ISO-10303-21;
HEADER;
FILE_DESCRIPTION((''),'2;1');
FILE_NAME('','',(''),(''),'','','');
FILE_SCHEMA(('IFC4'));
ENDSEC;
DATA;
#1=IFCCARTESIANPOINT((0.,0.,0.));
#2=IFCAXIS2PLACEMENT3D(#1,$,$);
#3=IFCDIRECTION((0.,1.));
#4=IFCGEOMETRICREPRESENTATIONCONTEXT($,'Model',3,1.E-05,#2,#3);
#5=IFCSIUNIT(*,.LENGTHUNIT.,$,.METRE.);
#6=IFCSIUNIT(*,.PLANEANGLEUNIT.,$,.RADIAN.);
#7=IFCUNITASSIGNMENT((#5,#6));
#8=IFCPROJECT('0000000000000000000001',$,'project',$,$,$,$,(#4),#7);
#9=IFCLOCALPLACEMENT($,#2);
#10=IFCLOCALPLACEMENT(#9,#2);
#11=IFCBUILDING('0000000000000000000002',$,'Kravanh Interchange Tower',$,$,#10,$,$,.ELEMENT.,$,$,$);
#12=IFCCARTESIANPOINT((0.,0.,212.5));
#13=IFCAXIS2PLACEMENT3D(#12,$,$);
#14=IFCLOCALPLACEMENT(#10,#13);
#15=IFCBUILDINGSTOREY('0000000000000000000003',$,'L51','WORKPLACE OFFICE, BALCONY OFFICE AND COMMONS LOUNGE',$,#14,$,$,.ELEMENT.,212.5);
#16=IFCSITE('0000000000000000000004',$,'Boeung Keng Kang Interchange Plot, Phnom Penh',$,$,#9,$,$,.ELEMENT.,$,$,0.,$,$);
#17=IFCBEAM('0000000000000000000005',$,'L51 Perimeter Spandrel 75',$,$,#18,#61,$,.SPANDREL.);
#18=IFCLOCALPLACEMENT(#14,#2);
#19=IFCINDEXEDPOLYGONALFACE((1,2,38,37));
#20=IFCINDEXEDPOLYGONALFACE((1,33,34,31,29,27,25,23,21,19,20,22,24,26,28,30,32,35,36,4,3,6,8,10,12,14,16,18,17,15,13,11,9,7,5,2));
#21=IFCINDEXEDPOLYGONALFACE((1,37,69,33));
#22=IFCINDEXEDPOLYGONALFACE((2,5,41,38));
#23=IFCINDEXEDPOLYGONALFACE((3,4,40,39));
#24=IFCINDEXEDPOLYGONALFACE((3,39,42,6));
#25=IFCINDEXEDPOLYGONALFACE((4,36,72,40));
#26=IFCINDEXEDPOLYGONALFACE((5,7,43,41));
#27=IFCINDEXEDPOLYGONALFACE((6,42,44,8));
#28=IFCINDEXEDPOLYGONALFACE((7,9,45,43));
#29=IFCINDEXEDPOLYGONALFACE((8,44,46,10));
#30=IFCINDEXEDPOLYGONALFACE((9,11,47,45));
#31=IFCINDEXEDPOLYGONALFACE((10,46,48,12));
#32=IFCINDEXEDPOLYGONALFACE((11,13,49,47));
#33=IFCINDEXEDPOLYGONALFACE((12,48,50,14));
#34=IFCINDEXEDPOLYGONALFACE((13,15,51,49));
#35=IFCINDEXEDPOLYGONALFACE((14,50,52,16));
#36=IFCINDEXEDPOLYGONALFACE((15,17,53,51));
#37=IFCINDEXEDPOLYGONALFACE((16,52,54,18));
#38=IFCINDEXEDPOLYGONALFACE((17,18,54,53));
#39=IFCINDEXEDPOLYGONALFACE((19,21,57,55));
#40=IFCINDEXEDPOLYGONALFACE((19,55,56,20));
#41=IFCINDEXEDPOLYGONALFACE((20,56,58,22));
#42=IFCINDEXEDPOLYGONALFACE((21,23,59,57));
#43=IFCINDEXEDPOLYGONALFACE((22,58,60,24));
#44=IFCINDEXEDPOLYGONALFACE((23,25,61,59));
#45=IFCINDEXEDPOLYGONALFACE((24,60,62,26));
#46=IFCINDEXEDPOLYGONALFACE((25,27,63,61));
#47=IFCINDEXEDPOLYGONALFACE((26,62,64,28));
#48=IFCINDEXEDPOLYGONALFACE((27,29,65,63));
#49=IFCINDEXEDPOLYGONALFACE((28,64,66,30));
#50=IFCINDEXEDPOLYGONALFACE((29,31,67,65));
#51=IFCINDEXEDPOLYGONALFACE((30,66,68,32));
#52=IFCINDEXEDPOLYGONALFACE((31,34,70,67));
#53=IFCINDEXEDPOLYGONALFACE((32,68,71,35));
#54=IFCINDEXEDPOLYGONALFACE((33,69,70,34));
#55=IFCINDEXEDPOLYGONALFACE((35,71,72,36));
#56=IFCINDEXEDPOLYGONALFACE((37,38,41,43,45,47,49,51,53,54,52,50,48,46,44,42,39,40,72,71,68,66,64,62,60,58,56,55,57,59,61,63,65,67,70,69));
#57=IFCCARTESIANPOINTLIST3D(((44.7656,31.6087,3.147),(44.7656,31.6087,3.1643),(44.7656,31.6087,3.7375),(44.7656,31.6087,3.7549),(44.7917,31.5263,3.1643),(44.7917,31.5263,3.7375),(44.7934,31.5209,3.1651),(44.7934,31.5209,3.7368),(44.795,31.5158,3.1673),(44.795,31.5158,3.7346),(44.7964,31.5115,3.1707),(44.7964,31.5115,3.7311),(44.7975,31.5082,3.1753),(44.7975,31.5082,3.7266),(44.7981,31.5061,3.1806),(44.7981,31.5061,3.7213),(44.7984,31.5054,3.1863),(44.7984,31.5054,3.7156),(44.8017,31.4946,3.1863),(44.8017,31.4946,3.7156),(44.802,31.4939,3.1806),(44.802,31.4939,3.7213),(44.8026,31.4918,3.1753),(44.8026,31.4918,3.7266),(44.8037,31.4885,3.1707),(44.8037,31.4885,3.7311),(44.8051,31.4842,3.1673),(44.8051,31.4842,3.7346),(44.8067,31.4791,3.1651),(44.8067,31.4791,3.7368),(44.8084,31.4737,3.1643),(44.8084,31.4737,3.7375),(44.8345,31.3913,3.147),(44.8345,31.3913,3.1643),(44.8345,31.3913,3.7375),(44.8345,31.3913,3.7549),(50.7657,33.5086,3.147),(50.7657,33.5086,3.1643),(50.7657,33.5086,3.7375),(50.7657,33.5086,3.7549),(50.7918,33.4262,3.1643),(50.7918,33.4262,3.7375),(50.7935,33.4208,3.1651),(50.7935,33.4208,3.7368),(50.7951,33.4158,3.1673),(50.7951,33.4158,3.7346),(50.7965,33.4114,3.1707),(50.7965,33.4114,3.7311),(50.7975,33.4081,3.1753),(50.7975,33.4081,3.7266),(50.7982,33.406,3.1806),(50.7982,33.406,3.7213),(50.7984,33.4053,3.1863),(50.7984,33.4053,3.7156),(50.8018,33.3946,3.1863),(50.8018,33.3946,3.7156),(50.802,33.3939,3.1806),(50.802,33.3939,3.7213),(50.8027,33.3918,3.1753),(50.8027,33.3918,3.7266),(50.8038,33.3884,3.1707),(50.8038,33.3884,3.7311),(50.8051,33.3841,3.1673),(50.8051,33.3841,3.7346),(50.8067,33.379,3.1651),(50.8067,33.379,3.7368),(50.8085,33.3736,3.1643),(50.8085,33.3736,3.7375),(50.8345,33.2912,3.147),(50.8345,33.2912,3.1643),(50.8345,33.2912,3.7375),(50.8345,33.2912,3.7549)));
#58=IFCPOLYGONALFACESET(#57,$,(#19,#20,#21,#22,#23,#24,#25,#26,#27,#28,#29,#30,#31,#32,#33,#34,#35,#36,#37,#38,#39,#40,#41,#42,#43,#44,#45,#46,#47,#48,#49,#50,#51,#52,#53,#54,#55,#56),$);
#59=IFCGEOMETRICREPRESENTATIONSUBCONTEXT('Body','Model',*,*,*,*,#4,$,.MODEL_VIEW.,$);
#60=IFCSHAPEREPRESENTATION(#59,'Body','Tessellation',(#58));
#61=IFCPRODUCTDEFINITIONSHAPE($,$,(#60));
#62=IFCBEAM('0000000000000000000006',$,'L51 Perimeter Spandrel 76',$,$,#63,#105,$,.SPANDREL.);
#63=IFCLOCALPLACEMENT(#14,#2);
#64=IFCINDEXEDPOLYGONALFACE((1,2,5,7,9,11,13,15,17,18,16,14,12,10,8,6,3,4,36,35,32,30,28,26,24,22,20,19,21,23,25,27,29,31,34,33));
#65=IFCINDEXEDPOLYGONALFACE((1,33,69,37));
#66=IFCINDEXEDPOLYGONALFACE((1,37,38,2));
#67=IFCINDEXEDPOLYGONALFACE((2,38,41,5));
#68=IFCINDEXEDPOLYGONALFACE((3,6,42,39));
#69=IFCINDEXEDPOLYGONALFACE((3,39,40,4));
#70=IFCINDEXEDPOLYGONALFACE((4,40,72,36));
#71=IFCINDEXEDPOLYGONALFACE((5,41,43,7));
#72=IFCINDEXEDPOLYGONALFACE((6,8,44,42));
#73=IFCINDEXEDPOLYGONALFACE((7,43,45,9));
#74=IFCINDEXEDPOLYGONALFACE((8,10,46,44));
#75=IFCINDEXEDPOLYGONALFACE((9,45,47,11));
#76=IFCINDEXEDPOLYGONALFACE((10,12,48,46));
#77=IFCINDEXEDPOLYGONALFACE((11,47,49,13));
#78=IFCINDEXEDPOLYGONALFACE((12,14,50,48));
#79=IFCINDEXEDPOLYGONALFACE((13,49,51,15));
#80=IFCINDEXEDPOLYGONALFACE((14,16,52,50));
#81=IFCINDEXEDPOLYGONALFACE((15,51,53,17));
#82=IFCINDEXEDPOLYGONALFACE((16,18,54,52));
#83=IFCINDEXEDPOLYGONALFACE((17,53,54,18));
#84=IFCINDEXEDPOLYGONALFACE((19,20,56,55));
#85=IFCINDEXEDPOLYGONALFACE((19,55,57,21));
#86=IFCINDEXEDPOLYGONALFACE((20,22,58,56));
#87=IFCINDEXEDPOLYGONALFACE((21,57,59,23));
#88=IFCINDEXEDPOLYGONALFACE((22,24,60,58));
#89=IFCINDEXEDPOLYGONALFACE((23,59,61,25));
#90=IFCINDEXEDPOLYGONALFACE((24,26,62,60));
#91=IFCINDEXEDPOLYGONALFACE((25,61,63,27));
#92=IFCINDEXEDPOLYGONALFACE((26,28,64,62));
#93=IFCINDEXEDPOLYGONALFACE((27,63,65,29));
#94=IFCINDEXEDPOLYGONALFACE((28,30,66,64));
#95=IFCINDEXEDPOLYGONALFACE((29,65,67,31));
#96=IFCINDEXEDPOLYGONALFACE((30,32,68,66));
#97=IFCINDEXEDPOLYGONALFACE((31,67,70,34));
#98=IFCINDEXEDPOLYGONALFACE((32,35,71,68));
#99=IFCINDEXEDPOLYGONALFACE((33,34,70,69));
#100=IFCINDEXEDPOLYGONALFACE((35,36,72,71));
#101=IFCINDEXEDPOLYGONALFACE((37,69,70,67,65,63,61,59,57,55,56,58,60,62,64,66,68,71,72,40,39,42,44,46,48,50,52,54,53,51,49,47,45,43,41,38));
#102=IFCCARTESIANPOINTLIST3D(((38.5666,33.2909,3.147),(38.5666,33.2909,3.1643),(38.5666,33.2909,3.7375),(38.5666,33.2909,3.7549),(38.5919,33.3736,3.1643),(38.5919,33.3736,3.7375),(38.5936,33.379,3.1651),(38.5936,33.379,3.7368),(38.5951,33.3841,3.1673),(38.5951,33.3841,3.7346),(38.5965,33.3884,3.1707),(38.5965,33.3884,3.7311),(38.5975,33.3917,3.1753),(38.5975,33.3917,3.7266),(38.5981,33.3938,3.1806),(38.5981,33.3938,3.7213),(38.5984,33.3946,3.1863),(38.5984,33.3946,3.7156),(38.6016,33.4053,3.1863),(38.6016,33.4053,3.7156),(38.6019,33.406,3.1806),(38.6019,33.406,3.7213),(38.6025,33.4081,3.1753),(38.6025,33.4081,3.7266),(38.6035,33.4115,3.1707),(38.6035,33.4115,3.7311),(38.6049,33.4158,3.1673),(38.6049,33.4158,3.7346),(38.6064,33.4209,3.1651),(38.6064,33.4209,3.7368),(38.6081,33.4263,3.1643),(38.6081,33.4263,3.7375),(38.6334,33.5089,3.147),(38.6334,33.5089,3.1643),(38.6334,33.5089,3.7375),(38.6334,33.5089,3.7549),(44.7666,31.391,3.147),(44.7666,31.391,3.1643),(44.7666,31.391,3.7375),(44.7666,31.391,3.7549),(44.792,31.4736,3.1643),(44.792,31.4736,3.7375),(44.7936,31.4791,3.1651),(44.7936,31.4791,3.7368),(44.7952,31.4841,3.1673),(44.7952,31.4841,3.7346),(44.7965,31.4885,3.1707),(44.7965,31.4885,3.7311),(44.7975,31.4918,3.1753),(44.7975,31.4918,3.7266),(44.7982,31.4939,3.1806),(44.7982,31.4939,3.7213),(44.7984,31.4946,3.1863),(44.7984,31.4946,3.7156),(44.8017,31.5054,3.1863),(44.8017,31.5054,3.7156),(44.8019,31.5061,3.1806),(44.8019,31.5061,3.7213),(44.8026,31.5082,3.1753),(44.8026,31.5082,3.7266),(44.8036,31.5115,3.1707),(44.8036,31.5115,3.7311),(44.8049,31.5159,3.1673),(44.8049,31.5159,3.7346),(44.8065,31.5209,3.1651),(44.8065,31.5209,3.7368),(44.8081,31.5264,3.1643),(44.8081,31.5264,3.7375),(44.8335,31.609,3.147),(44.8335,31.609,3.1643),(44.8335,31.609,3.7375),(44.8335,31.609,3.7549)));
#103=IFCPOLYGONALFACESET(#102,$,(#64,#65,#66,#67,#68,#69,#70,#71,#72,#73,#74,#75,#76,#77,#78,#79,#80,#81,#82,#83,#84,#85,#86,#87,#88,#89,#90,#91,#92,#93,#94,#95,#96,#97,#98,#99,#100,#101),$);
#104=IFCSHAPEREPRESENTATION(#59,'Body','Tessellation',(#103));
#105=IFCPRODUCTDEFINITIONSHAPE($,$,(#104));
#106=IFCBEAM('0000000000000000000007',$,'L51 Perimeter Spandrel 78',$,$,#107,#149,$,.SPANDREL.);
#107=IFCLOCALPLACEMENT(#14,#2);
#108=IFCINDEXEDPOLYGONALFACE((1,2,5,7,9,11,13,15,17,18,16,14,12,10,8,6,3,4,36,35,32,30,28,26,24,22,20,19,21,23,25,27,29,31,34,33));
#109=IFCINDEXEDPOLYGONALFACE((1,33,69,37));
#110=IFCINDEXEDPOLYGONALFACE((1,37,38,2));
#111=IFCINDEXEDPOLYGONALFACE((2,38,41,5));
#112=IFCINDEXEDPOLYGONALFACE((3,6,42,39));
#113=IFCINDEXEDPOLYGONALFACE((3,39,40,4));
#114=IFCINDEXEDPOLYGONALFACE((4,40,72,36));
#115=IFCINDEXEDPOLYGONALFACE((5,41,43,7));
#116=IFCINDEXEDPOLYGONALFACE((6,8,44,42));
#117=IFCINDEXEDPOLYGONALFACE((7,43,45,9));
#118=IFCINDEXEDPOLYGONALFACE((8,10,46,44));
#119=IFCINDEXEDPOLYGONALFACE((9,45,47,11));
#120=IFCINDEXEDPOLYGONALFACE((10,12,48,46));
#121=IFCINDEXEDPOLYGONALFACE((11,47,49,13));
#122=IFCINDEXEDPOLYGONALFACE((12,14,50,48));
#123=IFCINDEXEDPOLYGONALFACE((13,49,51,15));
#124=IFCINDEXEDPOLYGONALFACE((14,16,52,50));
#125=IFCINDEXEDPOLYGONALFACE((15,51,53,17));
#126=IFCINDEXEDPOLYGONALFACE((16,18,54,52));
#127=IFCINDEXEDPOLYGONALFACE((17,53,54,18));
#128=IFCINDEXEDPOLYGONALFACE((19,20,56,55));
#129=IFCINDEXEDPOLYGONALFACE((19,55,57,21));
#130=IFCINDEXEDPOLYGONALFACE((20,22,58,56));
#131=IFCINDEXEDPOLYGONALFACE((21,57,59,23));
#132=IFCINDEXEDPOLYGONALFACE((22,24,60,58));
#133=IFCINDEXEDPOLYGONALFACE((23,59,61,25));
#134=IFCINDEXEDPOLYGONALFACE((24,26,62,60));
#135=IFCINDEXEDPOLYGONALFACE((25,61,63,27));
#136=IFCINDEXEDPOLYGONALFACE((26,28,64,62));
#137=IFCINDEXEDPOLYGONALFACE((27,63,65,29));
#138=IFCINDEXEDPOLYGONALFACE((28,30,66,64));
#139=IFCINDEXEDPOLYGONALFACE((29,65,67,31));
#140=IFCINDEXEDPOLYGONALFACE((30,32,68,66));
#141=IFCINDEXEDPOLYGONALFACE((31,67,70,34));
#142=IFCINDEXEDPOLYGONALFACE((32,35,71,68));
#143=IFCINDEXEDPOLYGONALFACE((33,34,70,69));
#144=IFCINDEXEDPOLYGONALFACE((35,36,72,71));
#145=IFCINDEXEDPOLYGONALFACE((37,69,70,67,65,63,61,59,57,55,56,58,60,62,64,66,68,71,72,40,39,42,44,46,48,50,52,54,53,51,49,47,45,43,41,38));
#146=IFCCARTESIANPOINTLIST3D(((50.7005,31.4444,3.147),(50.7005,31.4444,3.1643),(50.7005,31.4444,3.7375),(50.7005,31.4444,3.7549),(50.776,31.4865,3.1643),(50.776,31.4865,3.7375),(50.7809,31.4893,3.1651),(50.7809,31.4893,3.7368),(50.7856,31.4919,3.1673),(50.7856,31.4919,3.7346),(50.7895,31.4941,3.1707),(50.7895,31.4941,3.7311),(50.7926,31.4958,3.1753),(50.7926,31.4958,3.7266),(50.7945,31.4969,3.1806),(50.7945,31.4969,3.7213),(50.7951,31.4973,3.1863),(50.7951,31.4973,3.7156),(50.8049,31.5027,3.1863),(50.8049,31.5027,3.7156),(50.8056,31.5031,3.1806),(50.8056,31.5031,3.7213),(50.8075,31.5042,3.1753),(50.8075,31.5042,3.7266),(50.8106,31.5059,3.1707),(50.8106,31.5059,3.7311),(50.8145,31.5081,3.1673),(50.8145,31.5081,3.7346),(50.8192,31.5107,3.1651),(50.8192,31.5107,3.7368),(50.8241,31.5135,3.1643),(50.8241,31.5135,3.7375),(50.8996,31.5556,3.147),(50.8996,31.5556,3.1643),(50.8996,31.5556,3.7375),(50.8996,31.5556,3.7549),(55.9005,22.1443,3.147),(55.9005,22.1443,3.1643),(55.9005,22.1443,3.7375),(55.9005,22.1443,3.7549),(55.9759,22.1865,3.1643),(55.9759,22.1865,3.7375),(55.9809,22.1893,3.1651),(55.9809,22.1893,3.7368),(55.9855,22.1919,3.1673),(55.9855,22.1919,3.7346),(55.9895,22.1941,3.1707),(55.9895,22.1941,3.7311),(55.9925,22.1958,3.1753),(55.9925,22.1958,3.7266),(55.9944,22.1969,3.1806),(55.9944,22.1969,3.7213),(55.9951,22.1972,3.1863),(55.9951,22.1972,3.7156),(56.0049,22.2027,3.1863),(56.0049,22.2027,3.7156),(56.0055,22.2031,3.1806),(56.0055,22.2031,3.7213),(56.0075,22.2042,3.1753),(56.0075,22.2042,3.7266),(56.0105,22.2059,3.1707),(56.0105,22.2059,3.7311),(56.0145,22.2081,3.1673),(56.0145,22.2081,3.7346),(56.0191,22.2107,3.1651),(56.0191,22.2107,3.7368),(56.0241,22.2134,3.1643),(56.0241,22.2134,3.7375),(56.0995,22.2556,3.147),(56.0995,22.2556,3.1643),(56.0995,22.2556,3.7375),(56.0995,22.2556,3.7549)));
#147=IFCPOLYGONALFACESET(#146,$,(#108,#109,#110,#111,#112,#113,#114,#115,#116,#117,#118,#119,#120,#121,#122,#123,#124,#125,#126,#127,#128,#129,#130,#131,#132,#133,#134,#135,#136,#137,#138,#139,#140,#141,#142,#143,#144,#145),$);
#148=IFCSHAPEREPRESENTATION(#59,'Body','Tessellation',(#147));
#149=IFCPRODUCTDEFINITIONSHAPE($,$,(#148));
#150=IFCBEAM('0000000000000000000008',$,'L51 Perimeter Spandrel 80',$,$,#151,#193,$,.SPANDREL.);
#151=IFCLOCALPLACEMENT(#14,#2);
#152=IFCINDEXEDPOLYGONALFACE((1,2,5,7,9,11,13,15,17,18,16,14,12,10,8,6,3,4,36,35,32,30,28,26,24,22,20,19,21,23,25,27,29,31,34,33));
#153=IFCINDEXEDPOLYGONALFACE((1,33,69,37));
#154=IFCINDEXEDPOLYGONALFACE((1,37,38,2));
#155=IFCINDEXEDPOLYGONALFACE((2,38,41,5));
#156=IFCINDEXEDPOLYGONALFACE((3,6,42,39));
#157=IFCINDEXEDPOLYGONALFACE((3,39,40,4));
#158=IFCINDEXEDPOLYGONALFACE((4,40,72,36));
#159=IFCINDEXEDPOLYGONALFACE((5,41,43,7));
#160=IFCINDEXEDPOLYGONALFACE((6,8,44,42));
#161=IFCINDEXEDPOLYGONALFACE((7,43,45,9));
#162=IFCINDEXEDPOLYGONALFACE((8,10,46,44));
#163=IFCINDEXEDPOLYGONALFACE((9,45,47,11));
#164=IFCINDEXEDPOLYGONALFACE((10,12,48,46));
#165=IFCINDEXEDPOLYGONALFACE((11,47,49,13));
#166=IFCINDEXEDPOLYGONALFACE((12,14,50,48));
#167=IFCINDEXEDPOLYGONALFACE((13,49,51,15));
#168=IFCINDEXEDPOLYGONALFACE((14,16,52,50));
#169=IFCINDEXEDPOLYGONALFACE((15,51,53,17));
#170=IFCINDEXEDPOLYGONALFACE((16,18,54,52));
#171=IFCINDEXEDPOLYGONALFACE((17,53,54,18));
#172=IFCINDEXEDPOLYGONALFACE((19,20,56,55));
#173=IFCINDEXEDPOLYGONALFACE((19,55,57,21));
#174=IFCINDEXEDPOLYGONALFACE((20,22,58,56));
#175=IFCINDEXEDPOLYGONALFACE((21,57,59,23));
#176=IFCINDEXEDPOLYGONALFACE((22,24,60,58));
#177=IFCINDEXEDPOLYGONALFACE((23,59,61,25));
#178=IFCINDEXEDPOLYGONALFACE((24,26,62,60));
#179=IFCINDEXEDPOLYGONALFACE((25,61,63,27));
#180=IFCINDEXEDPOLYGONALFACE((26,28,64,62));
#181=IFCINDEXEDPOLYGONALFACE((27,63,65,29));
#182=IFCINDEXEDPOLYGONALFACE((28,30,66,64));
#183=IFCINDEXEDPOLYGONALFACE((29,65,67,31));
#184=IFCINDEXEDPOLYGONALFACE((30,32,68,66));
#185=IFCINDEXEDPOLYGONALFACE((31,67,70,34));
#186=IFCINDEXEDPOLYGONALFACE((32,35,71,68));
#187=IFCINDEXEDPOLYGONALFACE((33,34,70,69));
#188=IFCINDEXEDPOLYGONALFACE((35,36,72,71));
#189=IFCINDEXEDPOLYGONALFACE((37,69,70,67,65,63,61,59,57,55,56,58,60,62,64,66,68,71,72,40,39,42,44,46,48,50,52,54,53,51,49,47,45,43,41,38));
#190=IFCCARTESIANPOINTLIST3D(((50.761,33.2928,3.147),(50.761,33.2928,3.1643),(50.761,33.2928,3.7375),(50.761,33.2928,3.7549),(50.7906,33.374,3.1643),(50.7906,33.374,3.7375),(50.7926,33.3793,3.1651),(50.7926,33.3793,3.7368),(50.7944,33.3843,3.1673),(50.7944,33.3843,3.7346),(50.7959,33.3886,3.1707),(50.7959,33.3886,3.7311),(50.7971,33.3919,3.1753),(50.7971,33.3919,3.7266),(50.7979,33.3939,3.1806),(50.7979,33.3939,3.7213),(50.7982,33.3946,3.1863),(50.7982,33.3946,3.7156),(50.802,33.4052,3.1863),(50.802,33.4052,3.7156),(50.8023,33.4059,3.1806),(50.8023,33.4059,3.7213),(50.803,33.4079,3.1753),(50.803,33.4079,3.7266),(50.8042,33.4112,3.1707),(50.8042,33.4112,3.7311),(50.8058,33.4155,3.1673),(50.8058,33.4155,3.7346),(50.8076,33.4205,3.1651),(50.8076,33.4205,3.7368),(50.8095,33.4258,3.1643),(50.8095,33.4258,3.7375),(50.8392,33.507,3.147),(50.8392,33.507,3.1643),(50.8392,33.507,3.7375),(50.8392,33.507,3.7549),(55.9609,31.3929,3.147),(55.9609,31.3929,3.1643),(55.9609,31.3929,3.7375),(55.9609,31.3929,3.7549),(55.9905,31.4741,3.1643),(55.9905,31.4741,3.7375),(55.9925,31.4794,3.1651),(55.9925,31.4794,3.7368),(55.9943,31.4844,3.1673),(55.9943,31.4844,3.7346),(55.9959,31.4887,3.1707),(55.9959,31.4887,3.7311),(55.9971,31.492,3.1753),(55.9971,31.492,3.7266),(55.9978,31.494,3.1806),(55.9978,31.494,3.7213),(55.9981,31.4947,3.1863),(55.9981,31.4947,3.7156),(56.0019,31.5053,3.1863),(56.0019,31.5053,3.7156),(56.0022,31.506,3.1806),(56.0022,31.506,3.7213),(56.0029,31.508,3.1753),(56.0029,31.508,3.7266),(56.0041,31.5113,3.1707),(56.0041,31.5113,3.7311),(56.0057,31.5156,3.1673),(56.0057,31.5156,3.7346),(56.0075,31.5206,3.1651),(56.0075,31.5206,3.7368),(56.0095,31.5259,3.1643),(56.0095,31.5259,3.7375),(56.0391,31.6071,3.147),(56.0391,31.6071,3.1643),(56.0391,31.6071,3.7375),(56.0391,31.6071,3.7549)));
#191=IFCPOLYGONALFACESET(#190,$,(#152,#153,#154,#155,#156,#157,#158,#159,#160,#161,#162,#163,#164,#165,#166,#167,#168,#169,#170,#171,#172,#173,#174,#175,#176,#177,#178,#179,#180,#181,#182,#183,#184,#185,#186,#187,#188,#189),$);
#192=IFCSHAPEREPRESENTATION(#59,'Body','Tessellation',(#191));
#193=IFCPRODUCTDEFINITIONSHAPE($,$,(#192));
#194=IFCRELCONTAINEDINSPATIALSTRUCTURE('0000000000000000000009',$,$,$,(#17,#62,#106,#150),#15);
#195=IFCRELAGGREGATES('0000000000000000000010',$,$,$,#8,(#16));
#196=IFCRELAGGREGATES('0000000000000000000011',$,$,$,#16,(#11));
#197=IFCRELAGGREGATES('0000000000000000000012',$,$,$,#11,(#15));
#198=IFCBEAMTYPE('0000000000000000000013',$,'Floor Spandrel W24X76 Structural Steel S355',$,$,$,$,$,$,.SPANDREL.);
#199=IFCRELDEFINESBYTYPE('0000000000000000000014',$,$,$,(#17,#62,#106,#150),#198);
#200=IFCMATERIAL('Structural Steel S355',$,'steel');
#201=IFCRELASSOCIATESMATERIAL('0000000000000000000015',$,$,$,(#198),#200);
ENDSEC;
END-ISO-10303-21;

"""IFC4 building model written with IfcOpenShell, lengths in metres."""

from ifc_helpers import new_model, si_unit, direction, frame, origin, origin_2d, place, context, subcontext, project, spatial, i_section, extrude, material, material_profile, profile_set, type_object, element, save


model = new_model("IFC4")

# Units and contexts
model_context = context("Model", 3, precision=1e-05, world=origin(), true_north=direction((0.0, 1.0)))
body_context = subcontext(model_context, "Body", "Model", "MODEL_VIEW")
ifc_project = project(units=[si_unit("LENGTHUNIT", "METRE"), si_unit("PLANEANGLEUNIT", "RADIAN")], contexts=[model_context])

# Site, building, storey
site_placement = place(None, origin())
site = spatial("IfcSite", under=ifc_project, at=site_placement, Name="Boeung Keng Kang Interchange Plot, Phnom Penh", CompositionType="ELEMENT", RefElevation=0.0)
building_placement = place(site_placement, origin())
building = spatial("IfcBuilding", under=site, at=building_placement, Name="Kravanh Interchange Tower", CompositionType="ELEMENT")
storey_placement = place(building_placement, frame((0.0, 0.0, 212.5)))
storey = spatial("IfcBuildingStorey", under=building, at=storey_placement, Name="L51", Description="WORKPLACE OFFICE, BALCONY OFFICE AND COMMONS LOUNGE", CompositionType="ELEMENT", Elevation=212.5)

# Beams
ifc_material_1 = material(Name="Structural Steel S355", Category="steel")
ifc_material_profile_1 = material_profile(ifc_material_1, i_section(OverallWidth=0.228, OverallDepth=0.6079, WebThickness=0.0112, FlangeThickness=0.0173, FilletRadius=0.022, at=origin_2d()), Name="W24X76")
ifc_profile_set_1 = profile_set([ifc_material_profile_1], Name="Structural Steel S355")
beam_type_1 = type_object("IfcBeamType", Name="Floor Spandrel W24X76 Structural Steel S355", PredefinedType="SPANDREL", material=ifc_profile_set_1)
beam_1_placement = place(storey_placement, frame((44.8, 31.5, 3.4509), z_axis=(0.953347, 0.301878, 0.0), x_axis=(-0.301878, 0.953347, 0.0)))
element("IfcBeam", 1, at=beam_1_placement, inside=storey, type_object=beam_type_1, Name="L51 Perimeter Spandrel 75", PredefinedType="SPANDREL", context=body_context, shape_type="SweptSolid", body=[
    extrude(i_section(OverallWidth=0.228, OverallDepth=0.6079, WebThickness=0.0112, FlangeThickness=0.0173, FilletRadius=0.022, at=origin_2d()), origin(), (0.0, 0.0, 1.0), 6.2937),
])
beam_2_placement = place(storey_placement, frame((44.8, 31.5, 3.4509), z_axis=(-0.956115, 0.29299, 0.0), x_axis=(-0.29299, -0.956115, 0.0)))
element("IfcBeam", 2, at=beam_2_placement, inside=storey, type_object=beam_type_1, Name="L51 Perimeter Spandrel 76", PredefinedType="SPANDREL", context=body_context, shape_type="SweptSolid", body=[
    extrude(i_section(OverallWidth=0.228, OverallDepth=0.6079, WebThickness=0.0112, FlangeThickness=0.0173, FilletRadius=0.022, at=origin_2d()), origin(), (0.0, 0.0, 1.0), 6.4846),
])
beam_3_placement = place(storey_placement, frame((50.8, 31.5, 3.4509), z_axis=(0.488026, -0.872829, 0.0), x_axis=(0.872829, 0.488026, 0.0)))
element("IfcBeam", 3, at=beam_3_placement, inside=storey, type_object=beam_type_1, Name="L51 Perimeter Spandrel 78", PredefinedType="SPANDREL", context=body_context, shape_type="SweptSolid", body=[
    extrude(i_section(OverallWidth=0.228, OverallDepth=0.6079, WebThickness=0.0112, FlangeThickness=0.0173, FilletRadius=0.022, at=origin_2d()), origin(), (0.0, 0.0, 1.0), 10.655),
])
beam_4_placement = place(storey_placement, frame((56.0, 31.5, 3.4509), z_axis=(-0.93927, 0.34318, 0.0), x_axis=(-0.34318, -0.93927, 0.0)))
element("IfcBeam", 4, at=beam_4_placement, inside=storey, type_object=beam_type_1, Name="L51 Perimeter Spandrel 80", PredefinedType="SPANDREL", context=body_context, shape_type="SweptSolid", body=[
    extrude(i_section(OverallWidth=0.228, OverallDepth=0.6079, WebThickness=0.0112, FlangeThickness=0.0173, FilletRadius=0.022, at=origin_2d()), origin(), (0.0, 0.0, 1.0), 5.5361),
])

save(model, "model.ifc")
